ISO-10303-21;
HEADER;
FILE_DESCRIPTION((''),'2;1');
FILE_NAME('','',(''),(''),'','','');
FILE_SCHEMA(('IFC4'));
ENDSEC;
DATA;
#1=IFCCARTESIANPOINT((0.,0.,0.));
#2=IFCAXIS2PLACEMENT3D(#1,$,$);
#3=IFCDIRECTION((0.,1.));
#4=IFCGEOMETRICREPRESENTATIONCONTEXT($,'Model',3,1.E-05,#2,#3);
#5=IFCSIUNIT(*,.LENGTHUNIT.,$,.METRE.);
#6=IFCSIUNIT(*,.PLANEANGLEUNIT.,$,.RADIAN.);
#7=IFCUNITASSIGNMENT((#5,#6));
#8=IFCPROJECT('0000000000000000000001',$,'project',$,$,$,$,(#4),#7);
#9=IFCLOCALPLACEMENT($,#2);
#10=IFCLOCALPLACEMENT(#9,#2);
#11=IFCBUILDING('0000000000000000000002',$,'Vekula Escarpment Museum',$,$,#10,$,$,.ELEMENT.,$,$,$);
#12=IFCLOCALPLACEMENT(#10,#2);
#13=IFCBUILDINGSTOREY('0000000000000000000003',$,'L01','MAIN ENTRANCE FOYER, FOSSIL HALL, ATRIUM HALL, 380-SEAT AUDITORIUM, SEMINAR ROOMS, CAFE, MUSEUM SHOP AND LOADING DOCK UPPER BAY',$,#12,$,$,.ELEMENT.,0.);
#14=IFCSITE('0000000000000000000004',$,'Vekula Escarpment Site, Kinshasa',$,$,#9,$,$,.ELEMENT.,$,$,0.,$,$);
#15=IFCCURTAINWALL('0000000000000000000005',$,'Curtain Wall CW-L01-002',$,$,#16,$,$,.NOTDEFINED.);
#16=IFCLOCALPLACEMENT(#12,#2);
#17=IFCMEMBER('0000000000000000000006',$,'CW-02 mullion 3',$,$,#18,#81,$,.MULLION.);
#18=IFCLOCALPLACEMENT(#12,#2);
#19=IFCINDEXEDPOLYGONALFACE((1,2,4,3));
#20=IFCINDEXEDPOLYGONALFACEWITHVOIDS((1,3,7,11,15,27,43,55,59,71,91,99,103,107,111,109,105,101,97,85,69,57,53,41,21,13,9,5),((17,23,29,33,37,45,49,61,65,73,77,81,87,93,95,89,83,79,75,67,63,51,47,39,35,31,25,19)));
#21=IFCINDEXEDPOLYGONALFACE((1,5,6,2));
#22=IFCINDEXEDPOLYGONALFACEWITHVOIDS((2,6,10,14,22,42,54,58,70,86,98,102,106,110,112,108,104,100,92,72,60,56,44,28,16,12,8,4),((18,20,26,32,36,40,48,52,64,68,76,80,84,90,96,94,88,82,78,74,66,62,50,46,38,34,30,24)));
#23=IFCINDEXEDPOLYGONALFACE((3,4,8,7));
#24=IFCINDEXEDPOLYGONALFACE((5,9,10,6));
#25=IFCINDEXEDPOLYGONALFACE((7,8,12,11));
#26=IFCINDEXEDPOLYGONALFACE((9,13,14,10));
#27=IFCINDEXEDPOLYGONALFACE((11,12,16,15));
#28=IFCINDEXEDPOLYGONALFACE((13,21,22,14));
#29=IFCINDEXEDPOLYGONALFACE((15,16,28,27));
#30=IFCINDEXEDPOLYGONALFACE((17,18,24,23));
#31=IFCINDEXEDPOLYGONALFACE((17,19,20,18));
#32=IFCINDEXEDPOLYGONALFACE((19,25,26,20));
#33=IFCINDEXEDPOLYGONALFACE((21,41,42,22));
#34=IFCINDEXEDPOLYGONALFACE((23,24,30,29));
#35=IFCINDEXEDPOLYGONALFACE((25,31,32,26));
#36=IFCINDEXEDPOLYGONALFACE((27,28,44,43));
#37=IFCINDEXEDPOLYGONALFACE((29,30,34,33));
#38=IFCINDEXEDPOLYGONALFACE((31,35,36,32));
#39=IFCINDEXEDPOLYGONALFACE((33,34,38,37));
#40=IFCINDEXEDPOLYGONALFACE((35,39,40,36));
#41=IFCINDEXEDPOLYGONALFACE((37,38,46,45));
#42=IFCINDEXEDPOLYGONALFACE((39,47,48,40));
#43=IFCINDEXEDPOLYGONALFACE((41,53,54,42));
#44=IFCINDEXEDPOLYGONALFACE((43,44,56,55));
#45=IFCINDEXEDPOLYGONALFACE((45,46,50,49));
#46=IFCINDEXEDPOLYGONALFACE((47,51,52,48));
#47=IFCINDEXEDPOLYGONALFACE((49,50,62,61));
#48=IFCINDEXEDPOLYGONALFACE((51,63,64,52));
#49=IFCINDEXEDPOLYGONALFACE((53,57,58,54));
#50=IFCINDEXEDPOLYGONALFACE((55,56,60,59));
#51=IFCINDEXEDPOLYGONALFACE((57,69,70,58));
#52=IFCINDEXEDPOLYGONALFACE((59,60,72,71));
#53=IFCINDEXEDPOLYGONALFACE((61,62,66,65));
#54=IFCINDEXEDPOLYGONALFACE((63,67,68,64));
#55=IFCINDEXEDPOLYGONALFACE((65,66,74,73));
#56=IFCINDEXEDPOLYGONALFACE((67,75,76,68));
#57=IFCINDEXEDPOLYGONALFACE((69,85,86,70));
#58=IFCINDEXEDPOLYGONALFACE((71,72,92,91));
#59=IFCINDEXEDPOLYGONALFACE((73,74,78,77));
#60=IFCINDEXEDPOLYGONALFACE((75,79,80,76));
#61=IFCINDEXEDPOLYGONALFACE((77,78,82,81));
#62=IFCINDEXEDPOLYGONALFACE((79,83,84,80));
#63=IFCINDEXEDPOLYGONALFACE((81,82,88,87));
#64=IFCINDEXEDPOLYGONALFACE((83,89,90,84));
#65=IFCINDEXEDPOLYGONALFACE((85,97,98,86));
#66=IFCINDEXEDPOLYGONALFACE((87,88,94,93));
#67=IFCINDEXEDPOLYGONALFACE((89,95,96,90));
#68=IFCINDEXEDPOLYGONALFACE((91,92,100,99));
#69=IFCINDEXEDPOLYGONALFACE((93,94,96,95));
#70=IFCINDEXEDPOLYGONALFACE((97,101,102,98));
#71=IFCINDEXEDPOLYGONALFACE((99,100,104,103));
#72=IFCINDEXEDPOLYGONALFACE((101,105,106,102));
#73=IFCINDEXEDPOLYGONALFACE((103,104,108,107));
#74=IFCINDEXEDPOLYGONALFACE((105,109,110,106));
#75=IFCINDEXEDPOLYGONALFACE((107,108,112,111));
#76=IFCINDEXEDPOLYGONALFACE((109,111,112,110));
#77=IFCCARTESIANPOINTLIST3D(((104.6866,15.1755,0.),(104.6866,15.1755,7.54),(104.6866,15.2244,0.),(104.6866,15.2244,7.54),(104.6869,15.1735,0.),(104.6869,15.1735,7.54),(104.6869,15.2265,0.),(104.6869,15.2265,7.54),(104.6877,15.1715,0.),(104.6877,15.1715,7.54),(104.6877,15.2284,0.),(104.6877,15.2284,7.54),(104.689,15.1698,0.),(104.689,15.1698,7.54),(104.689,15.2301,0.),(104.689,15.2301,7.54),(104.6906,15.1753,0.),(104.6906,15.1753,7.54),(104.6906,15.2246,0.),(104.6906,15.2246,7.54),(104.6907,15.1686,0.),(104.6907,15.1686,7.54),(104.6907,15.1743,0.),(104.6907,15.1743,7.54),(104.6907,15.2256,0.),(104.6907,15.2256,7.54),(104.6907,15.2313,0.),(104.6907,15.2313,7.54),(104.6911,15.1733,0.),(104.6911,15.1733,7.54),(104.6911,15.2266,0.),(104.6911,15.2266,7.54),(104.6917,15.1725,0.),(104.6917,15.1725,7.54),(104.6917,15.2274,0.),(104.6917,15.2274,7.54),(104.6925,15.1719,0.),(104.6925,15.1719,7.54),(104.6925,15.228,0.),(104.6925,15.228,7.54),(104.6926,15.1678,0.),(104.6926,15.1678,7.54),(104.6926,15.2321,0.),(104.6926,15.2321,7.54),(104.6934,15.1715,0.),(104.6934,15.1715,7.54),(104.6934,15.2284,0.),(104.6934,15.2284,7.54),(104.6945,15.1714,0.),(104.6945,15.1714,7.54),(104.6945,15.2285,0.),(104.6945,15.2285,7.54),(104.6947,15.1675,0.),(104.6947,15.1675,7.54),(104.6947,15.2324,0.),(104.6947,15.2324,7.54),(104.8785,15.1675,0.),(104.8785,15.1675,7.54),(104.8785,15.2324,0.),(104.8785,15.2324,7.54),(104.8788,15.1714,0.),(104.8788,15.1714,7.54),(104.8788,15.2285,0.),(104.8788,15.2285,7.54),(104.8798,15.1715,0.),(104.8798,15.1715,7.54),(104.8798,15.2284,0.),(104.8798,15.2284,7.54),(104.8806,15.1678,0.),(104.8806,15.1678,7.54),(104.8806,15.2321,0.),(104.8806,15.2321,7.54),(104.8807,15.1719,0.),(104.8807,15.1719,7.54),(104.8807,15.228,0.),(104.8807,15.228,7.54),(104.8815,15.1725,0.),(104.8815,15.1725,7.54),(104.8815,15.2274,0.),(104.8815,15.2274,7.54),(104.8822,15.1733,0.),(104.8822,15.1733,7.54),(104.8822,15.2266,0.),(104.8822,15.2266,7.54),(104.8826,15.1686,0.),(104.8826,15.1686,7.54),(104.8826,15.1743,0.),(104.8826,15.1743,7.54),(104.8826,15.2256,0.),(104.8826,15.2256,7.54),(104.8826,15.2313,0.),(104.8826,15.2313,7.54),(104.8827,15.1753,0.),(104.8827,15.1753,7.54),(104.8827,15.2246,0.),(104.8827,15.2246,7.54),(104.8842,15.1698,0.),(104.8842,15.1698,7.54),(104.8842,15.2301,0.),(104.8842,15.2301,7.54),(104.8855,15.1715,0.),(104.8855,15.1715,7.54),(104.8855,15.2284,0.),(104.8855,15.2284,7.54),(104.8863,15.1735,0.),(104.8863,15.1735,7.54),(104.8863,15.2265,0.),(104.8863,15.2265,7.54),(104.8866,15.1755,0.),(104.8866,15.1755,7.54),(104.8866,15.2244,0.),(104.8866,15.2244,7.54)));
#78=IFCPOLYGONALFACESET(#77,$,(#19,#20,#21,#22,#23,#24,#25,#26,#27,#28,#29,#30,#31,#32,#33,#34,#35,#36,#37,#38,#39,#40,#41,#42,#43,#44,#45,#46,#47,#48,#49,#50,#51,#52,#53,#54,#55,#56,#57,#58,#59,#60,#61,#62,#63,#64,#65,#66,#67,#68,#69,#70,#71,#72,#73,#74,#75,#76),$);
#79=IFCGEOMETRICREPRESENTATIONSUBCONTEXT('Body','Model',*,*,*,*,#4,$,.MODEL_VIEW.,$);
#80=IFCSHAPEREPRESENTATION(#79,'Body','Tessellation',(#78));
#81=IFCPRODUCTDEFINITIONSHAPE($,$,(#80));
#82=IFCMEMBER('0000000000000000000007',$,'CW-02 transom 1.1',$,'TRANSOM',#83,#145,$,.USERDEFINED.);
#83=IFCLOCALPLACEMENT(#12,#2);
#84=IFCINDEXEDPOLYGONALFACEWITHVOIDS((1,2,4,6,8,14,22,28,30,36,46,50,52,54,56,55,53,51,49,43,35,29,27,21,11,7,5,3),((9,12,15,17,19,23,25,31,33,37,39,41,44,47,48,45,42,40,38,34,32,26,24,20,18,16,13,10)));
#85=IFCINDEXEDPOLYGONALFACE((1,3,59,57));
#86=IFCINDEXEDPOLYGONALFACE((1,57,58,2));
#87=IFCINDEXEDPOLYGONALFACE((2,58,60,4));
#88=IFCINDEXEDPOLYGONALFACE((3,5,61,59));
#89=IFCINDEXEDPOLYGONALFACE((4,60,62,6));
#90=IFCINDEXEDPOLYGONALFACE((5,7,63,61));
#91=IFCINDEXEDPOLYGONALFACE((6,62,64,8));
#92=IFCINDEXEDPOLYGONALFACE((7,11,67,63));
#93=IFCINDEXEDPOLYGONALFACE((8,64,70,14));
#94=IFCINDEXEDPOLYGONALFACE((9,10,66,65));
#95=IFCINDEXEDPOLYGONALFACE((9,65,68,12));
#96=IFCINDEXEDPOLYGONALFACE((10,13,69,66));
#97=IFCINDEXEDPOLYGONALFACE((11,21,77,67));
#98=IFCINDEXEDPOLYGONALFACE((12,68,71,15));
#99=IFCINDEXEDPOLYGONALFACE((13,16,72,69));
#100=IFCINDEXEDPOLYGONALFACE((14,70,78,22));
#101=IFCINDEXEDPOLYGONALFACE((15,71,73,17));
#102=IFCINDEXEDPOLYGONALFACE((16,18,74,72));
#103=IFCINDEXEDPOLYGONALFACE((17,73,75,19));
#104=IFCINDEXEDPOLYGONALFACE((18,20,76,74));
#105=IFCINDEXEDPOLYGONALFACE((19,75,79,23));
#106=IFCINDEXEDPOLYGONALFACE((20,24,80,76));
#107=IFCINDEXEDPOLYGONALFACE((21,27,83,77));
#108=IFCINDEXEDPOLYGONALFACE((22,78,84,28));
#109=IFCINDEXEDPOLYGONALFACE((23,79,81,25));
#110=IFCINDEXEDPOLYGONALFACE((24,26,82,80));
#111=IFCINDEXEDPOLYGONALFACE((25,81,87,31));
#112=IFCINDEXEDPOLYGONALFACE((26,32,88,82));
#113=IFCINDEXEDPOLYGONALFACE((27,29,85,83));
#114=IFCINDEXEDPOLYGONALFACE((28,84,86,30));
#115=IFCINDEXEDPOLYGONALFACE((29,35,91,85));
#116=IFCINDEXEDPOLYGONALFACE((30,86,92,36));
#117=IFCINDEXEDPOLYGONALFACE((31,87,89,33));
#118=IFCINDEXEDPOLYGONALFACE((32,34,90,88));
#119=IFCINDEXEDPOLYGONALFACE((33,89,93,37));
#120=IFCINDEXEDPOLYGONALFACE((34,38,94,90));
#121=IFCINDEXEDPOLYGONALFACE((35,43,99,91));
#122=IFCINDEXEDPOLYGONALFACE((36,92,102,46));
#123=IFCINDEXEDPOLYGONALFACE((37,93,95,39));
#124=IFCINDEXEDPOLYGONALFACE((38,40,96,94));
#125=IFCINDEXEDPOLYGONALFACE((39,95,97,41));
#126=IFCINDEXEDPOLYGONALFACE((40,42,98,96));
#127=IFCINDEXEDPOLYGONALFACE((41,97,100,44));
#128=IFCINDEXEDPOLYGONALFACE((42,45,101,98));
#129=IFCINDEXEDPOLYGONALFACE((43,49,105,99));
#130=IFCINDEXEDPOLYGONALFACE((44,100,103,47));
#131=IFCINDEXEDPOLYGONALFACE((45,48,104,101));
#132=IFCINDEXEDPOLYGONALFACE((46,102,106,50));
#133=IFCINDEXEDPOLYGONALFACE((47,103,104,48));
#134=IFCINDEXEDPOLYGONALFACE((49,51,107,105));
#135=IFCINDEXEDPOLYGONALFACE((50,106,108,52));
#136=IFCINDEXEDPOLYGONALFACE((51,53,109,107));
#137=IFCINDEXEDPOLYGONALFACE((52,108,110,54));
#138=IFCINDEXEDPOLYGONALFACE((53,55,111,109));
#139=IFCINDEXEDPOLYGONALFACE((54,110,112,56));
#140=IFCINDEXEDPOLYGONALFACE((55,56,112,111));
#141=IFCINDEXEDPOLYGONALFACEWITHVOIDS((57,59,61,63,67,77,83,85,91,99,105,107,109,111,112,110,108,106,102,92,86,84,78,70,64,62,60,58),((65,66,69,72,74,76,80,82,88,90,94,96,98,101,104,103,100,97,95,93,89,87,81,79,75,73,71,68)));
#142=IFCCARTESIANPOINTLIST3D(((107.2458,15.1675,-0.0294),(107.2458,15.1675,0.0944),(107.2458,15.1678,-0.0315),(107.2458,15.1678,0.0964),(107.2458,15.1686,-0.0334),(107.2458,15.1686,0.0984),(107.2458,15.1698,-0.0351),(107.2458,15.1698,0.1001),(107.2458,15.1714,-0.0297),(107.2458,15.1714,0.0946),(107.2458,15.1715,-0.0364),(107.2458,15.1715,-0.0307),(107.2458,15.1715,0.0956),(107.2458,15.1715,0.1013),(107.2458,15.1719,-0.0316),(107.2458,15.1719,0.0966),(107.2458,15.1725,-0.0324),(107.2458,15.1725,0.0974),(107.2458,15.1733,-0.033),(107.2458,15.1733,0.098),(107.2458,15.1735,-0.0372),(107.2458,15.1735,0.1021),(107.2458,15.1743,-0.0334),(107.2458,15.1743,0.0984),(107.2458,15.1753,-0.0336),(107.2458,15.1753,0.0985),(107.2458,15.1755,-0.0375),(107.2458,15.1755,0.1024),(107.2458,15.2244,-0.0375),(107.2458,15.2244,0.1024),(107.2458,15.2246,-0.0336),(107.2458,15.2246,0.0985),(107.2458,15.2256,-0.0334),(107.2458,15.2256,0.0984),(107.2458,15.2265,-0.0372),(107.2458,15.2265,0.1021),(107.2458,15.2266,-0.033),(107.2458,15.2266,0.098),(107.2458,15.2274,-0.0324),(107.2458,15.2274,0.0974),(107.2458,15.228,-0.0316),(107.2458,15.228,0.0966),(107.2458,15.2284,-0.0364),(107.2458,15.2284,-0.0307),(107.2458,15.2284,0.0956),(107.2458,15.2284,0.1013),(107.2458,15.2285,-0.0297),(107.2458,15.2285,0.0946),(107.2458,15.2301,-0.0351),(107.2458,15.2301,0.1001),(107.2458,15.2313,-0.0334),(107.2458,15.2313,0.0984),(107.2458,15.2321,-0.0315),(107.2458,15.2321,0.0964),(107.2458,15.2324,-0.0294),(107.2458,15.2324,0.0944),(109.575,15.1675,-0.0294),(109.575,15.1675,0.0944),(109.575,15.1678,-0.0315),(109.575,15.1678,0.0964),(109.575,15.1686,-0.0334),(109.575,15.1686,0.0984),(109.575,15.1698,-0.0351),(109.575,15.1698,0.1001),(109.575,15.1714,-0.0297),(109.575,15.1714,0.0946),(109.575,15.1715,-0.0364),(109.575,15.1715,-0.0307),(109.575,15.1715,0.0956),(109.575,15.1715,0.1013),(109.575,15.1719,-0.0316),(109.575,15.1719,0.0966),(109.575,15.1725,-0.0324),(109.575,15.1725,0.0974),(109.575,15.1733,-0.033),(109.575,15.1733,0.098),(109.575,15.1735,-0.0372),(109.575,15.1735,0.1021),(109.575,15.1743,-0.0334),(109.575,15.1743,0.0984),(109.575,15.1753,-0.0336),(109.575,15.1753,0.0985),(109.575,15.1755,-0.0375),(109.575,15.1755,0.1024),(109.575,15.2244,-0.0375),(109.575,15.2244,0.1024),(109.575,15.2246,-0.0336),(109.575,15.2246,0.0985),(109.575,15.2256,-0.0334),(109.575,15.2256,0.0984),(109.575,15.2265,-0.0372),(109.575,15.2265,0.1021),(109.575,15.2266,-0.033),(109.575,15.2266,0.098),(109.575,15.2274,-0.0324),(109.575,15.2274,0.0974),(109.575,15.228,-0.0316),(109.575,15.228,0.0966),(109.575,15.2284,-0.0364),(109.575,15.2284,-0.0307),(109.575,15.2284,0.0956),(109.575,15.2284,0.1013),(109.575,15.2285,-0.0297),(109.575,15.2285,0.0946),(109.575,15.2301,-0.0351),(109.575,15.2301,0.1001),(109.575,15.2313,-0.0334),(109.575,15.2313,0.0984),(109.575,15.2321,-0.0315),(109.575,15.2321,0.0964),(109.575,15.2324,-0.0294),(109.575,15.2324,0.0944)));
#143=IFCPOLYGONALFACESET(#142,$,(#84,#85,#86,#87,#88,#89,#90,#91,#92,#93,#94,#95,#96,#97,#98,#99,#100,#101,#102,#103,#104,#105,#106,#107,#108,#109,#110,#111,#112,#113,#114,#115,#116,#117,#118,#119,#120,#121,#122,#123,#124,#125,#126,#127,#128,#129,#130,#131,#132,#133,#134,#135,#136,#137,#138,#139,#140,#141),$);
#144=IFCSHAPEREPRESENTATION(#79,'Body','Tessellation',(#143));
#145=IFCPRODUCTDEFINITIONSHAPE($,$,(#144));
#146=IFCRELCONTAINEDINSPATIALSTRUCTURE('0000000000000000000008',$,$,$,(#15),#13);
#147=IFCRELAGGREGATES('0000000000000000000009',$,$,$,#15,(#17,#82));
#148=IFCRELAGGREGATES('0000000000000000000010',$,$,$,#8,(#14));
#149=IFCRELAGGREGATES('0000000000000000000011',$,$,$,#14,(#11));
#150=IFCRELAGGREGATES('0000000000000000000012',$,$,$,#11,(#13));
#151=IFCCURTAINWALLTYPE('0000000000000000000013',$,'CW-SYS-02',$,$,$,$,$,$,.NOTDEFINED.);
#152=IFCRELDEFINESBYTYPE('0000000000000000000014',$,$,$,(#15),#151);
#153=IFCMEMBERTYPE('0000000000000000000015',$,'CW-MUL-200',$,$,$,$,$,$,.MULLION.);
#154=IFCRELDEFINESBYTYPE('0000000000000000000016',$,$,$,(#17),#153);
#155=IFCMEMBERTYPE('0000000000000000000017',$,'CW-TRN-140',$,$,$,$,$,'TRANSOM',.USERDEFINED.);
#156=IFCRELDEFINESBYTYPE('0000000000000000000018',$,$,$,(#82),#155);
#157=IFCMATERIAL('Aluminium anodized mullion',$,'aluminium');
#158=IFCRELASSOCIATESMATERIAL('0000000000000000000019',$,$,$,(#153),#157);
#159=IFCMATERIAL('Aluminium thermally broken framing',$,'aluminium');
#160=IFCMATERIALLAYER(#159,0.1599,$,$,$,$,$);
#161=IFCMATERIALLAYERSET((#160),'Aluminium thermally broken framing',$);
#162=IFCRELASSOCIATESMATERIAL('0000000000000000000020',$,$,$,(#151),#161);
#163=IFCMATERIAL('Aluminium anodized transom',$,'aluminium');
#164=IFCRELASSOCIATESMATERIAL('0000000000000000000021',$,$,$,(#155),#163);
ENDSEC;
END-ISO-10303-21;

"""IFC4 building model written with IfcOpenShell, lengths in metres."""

from ifc_helpers import new_model, si_unit, direction, frame, origin, origin_2d, place, context, subcontext, project, spatial, hollow_rectangle, extrude, material, layer, layer_set, material_profile, profile_set, type_object, element, aggregate, save


model = new_model("IFC4")

# Units and contexts
model_context = context("Model", 3, precision=1e-05, world=origin(), true_north=direction((0.0, 1.0)))
body_context = subcontext(model_context, "Body", "Model", "MODEL_VIEW")
ifc_project = project(units=[si_unit("LENGTHUNIT", "METRE"), si_unit("PLANEANGLEUNIT", "RADIAN")], contexts=[model_context])

# Site, building, storey
site_placement = place(None, origin())
site = spatial("IfcSite", under=ifc_project, at=site_placement, Name="Vekula Escarpment Site, Kinshasa", CompositionType="ELEMENT", RefElevation=0.0)
building_placement = place(site_placement, origin())
building = spatial("IfcBuilding", under=site, at=building_placement, Name="Vekula Escarpment Museum", CompositionType="ELEMENT")
storey_placement = place(building_placement, origin())
storey = spatial("IfcBuildingStorey", under=building, at=storey_placement, Name="L01", Description="MAIN ENTRANCE FOYER, FOSSIL HALL, ATRIUM HALL, 380-SEAT AUDITORIUM, SEMINAR ROOMS, CAFE, MUSEUM SHOP AND LOADING DOCK UPPER BAY", CompositionType="ELEMENT", Elevation=0.0)

# Shared definitions
ifc_material_1 = material(Name="Aluminium anodized mullion", Category="aluminium")
ifc_material_profile_1 = material_profile(ifc_material_1, hollow_rectangle(XDim=0.0649, YDim=0.2, WallThickness=0.0039, InnerFilletRadius=0.0039, OuterFilletRadius=0.0081, at=origin_2d()), Name="ALU 200x65x4")
ifc_profile_set_1 = profile_set([ifc_material_profile_1], Name="Aluminium anodized mullion")
member_type_1 = type_object("IfcMemberType", Name="CW-MUL-200", PredefinedType="MULLION", material=ifc_profile_set_1)

# Curtain wall, members
ifc_material_2 = material(Name="Aluminium thermally broken framing", Category="aluminium")
ifc_layer_1 = layer(ifc_material_2, 0.1599)
ifc_layer_set_1 = layer_set([ifc_layer_1], Name="Aluminium thermally broken framing")
curtain_wall_type_1 = type_object("IfcCurtainWallType", Name="CW-SYS-02", PredefinedType="NOTDEFINED", material=ifc_layer_set_1)
curtain_wall_1_placement = place(storey_placement, origin())
curtain_wall_1 = element("IfcCurtainWall", 1, at=curtain_wall_1_placement, inside=storey, type_object=curtain_wall_type_1, Name="Curtain Wall CW-L01-002", PredefinedType="NOTDEFINED")
member_1_placement = place(storey_placement, frame((104.7866, 15.2, 0.0), z_axis=(0.0, 0.0, 1.0), x_axis=(0.0, -1.0, 0.0)))
member_1 = element("IfcMember", 2, at=member_1_placement, type_object=member_type_1, Name="CW-02 mullion 3", PredefinedType="MULLION", context=body_context, shape_type="SweptSolid", body=[
    extrude(hollow_rectangle(XDim=0.0649, YDim=0.2, WallThickness=0.0039, InnerFilletRadius=0.0039, OuterFilletRadius=0.0081, at=origin_2d()), origin(), (0.0, 0.0, 1.0), 7.54),
])
ifc_material_3 = material(Name="Aluminium anodized transom", Category="aluminium")
ifc_material_profile_2 = material_profile(ifc_material_3, hollow_rectangle(XDim=0.0649, YDim=0.1399, WallThickness=0.0039, InnerFilletRadius=0.0039, OuterFilletRadius=0.0081, at=origin_2d()), Name="ALU 140x65x4")
ifc_profile_set_2 = profile_set([ifc_material_profile_2], Name="Aluminium anodized transom")
member_type_2 = type_object("IfcMemberType", Name="CW-TRN-140", ElementType="TRANSOM", PredefinedType="USERDEFINED", material=ifc_profile_set_2)
member_2_placement = place(storey_placement, frame((109.575, 15.2, 0.0325), z_axis=(-1.0, 0.0, 0.0), x_axis=(0.0, -1.0, 0.0)))
member_2 = element("IfcMember", 3, at=member_2_placement, type_object=member_type_2, Name="CW-02 transom 1.1", ObjectType="TRANSOM", PredefinedType="USERDEFINED", context=body_context, shape_type="SweptSolid", body=[
    extrude(hollow_rectangle(XDim=0.0649, YDim=0.1399, WallThickness=0.0039, InnerFilletRadius=0.0039, OuterFilletRadius=0.0081, at=origin_2d()), origin(), (0.0, 0.0, 1.0), 2.3291),
])

aggregate(curtain_wall_1, [member_1, member_2])

save(model, "model.ifc")
